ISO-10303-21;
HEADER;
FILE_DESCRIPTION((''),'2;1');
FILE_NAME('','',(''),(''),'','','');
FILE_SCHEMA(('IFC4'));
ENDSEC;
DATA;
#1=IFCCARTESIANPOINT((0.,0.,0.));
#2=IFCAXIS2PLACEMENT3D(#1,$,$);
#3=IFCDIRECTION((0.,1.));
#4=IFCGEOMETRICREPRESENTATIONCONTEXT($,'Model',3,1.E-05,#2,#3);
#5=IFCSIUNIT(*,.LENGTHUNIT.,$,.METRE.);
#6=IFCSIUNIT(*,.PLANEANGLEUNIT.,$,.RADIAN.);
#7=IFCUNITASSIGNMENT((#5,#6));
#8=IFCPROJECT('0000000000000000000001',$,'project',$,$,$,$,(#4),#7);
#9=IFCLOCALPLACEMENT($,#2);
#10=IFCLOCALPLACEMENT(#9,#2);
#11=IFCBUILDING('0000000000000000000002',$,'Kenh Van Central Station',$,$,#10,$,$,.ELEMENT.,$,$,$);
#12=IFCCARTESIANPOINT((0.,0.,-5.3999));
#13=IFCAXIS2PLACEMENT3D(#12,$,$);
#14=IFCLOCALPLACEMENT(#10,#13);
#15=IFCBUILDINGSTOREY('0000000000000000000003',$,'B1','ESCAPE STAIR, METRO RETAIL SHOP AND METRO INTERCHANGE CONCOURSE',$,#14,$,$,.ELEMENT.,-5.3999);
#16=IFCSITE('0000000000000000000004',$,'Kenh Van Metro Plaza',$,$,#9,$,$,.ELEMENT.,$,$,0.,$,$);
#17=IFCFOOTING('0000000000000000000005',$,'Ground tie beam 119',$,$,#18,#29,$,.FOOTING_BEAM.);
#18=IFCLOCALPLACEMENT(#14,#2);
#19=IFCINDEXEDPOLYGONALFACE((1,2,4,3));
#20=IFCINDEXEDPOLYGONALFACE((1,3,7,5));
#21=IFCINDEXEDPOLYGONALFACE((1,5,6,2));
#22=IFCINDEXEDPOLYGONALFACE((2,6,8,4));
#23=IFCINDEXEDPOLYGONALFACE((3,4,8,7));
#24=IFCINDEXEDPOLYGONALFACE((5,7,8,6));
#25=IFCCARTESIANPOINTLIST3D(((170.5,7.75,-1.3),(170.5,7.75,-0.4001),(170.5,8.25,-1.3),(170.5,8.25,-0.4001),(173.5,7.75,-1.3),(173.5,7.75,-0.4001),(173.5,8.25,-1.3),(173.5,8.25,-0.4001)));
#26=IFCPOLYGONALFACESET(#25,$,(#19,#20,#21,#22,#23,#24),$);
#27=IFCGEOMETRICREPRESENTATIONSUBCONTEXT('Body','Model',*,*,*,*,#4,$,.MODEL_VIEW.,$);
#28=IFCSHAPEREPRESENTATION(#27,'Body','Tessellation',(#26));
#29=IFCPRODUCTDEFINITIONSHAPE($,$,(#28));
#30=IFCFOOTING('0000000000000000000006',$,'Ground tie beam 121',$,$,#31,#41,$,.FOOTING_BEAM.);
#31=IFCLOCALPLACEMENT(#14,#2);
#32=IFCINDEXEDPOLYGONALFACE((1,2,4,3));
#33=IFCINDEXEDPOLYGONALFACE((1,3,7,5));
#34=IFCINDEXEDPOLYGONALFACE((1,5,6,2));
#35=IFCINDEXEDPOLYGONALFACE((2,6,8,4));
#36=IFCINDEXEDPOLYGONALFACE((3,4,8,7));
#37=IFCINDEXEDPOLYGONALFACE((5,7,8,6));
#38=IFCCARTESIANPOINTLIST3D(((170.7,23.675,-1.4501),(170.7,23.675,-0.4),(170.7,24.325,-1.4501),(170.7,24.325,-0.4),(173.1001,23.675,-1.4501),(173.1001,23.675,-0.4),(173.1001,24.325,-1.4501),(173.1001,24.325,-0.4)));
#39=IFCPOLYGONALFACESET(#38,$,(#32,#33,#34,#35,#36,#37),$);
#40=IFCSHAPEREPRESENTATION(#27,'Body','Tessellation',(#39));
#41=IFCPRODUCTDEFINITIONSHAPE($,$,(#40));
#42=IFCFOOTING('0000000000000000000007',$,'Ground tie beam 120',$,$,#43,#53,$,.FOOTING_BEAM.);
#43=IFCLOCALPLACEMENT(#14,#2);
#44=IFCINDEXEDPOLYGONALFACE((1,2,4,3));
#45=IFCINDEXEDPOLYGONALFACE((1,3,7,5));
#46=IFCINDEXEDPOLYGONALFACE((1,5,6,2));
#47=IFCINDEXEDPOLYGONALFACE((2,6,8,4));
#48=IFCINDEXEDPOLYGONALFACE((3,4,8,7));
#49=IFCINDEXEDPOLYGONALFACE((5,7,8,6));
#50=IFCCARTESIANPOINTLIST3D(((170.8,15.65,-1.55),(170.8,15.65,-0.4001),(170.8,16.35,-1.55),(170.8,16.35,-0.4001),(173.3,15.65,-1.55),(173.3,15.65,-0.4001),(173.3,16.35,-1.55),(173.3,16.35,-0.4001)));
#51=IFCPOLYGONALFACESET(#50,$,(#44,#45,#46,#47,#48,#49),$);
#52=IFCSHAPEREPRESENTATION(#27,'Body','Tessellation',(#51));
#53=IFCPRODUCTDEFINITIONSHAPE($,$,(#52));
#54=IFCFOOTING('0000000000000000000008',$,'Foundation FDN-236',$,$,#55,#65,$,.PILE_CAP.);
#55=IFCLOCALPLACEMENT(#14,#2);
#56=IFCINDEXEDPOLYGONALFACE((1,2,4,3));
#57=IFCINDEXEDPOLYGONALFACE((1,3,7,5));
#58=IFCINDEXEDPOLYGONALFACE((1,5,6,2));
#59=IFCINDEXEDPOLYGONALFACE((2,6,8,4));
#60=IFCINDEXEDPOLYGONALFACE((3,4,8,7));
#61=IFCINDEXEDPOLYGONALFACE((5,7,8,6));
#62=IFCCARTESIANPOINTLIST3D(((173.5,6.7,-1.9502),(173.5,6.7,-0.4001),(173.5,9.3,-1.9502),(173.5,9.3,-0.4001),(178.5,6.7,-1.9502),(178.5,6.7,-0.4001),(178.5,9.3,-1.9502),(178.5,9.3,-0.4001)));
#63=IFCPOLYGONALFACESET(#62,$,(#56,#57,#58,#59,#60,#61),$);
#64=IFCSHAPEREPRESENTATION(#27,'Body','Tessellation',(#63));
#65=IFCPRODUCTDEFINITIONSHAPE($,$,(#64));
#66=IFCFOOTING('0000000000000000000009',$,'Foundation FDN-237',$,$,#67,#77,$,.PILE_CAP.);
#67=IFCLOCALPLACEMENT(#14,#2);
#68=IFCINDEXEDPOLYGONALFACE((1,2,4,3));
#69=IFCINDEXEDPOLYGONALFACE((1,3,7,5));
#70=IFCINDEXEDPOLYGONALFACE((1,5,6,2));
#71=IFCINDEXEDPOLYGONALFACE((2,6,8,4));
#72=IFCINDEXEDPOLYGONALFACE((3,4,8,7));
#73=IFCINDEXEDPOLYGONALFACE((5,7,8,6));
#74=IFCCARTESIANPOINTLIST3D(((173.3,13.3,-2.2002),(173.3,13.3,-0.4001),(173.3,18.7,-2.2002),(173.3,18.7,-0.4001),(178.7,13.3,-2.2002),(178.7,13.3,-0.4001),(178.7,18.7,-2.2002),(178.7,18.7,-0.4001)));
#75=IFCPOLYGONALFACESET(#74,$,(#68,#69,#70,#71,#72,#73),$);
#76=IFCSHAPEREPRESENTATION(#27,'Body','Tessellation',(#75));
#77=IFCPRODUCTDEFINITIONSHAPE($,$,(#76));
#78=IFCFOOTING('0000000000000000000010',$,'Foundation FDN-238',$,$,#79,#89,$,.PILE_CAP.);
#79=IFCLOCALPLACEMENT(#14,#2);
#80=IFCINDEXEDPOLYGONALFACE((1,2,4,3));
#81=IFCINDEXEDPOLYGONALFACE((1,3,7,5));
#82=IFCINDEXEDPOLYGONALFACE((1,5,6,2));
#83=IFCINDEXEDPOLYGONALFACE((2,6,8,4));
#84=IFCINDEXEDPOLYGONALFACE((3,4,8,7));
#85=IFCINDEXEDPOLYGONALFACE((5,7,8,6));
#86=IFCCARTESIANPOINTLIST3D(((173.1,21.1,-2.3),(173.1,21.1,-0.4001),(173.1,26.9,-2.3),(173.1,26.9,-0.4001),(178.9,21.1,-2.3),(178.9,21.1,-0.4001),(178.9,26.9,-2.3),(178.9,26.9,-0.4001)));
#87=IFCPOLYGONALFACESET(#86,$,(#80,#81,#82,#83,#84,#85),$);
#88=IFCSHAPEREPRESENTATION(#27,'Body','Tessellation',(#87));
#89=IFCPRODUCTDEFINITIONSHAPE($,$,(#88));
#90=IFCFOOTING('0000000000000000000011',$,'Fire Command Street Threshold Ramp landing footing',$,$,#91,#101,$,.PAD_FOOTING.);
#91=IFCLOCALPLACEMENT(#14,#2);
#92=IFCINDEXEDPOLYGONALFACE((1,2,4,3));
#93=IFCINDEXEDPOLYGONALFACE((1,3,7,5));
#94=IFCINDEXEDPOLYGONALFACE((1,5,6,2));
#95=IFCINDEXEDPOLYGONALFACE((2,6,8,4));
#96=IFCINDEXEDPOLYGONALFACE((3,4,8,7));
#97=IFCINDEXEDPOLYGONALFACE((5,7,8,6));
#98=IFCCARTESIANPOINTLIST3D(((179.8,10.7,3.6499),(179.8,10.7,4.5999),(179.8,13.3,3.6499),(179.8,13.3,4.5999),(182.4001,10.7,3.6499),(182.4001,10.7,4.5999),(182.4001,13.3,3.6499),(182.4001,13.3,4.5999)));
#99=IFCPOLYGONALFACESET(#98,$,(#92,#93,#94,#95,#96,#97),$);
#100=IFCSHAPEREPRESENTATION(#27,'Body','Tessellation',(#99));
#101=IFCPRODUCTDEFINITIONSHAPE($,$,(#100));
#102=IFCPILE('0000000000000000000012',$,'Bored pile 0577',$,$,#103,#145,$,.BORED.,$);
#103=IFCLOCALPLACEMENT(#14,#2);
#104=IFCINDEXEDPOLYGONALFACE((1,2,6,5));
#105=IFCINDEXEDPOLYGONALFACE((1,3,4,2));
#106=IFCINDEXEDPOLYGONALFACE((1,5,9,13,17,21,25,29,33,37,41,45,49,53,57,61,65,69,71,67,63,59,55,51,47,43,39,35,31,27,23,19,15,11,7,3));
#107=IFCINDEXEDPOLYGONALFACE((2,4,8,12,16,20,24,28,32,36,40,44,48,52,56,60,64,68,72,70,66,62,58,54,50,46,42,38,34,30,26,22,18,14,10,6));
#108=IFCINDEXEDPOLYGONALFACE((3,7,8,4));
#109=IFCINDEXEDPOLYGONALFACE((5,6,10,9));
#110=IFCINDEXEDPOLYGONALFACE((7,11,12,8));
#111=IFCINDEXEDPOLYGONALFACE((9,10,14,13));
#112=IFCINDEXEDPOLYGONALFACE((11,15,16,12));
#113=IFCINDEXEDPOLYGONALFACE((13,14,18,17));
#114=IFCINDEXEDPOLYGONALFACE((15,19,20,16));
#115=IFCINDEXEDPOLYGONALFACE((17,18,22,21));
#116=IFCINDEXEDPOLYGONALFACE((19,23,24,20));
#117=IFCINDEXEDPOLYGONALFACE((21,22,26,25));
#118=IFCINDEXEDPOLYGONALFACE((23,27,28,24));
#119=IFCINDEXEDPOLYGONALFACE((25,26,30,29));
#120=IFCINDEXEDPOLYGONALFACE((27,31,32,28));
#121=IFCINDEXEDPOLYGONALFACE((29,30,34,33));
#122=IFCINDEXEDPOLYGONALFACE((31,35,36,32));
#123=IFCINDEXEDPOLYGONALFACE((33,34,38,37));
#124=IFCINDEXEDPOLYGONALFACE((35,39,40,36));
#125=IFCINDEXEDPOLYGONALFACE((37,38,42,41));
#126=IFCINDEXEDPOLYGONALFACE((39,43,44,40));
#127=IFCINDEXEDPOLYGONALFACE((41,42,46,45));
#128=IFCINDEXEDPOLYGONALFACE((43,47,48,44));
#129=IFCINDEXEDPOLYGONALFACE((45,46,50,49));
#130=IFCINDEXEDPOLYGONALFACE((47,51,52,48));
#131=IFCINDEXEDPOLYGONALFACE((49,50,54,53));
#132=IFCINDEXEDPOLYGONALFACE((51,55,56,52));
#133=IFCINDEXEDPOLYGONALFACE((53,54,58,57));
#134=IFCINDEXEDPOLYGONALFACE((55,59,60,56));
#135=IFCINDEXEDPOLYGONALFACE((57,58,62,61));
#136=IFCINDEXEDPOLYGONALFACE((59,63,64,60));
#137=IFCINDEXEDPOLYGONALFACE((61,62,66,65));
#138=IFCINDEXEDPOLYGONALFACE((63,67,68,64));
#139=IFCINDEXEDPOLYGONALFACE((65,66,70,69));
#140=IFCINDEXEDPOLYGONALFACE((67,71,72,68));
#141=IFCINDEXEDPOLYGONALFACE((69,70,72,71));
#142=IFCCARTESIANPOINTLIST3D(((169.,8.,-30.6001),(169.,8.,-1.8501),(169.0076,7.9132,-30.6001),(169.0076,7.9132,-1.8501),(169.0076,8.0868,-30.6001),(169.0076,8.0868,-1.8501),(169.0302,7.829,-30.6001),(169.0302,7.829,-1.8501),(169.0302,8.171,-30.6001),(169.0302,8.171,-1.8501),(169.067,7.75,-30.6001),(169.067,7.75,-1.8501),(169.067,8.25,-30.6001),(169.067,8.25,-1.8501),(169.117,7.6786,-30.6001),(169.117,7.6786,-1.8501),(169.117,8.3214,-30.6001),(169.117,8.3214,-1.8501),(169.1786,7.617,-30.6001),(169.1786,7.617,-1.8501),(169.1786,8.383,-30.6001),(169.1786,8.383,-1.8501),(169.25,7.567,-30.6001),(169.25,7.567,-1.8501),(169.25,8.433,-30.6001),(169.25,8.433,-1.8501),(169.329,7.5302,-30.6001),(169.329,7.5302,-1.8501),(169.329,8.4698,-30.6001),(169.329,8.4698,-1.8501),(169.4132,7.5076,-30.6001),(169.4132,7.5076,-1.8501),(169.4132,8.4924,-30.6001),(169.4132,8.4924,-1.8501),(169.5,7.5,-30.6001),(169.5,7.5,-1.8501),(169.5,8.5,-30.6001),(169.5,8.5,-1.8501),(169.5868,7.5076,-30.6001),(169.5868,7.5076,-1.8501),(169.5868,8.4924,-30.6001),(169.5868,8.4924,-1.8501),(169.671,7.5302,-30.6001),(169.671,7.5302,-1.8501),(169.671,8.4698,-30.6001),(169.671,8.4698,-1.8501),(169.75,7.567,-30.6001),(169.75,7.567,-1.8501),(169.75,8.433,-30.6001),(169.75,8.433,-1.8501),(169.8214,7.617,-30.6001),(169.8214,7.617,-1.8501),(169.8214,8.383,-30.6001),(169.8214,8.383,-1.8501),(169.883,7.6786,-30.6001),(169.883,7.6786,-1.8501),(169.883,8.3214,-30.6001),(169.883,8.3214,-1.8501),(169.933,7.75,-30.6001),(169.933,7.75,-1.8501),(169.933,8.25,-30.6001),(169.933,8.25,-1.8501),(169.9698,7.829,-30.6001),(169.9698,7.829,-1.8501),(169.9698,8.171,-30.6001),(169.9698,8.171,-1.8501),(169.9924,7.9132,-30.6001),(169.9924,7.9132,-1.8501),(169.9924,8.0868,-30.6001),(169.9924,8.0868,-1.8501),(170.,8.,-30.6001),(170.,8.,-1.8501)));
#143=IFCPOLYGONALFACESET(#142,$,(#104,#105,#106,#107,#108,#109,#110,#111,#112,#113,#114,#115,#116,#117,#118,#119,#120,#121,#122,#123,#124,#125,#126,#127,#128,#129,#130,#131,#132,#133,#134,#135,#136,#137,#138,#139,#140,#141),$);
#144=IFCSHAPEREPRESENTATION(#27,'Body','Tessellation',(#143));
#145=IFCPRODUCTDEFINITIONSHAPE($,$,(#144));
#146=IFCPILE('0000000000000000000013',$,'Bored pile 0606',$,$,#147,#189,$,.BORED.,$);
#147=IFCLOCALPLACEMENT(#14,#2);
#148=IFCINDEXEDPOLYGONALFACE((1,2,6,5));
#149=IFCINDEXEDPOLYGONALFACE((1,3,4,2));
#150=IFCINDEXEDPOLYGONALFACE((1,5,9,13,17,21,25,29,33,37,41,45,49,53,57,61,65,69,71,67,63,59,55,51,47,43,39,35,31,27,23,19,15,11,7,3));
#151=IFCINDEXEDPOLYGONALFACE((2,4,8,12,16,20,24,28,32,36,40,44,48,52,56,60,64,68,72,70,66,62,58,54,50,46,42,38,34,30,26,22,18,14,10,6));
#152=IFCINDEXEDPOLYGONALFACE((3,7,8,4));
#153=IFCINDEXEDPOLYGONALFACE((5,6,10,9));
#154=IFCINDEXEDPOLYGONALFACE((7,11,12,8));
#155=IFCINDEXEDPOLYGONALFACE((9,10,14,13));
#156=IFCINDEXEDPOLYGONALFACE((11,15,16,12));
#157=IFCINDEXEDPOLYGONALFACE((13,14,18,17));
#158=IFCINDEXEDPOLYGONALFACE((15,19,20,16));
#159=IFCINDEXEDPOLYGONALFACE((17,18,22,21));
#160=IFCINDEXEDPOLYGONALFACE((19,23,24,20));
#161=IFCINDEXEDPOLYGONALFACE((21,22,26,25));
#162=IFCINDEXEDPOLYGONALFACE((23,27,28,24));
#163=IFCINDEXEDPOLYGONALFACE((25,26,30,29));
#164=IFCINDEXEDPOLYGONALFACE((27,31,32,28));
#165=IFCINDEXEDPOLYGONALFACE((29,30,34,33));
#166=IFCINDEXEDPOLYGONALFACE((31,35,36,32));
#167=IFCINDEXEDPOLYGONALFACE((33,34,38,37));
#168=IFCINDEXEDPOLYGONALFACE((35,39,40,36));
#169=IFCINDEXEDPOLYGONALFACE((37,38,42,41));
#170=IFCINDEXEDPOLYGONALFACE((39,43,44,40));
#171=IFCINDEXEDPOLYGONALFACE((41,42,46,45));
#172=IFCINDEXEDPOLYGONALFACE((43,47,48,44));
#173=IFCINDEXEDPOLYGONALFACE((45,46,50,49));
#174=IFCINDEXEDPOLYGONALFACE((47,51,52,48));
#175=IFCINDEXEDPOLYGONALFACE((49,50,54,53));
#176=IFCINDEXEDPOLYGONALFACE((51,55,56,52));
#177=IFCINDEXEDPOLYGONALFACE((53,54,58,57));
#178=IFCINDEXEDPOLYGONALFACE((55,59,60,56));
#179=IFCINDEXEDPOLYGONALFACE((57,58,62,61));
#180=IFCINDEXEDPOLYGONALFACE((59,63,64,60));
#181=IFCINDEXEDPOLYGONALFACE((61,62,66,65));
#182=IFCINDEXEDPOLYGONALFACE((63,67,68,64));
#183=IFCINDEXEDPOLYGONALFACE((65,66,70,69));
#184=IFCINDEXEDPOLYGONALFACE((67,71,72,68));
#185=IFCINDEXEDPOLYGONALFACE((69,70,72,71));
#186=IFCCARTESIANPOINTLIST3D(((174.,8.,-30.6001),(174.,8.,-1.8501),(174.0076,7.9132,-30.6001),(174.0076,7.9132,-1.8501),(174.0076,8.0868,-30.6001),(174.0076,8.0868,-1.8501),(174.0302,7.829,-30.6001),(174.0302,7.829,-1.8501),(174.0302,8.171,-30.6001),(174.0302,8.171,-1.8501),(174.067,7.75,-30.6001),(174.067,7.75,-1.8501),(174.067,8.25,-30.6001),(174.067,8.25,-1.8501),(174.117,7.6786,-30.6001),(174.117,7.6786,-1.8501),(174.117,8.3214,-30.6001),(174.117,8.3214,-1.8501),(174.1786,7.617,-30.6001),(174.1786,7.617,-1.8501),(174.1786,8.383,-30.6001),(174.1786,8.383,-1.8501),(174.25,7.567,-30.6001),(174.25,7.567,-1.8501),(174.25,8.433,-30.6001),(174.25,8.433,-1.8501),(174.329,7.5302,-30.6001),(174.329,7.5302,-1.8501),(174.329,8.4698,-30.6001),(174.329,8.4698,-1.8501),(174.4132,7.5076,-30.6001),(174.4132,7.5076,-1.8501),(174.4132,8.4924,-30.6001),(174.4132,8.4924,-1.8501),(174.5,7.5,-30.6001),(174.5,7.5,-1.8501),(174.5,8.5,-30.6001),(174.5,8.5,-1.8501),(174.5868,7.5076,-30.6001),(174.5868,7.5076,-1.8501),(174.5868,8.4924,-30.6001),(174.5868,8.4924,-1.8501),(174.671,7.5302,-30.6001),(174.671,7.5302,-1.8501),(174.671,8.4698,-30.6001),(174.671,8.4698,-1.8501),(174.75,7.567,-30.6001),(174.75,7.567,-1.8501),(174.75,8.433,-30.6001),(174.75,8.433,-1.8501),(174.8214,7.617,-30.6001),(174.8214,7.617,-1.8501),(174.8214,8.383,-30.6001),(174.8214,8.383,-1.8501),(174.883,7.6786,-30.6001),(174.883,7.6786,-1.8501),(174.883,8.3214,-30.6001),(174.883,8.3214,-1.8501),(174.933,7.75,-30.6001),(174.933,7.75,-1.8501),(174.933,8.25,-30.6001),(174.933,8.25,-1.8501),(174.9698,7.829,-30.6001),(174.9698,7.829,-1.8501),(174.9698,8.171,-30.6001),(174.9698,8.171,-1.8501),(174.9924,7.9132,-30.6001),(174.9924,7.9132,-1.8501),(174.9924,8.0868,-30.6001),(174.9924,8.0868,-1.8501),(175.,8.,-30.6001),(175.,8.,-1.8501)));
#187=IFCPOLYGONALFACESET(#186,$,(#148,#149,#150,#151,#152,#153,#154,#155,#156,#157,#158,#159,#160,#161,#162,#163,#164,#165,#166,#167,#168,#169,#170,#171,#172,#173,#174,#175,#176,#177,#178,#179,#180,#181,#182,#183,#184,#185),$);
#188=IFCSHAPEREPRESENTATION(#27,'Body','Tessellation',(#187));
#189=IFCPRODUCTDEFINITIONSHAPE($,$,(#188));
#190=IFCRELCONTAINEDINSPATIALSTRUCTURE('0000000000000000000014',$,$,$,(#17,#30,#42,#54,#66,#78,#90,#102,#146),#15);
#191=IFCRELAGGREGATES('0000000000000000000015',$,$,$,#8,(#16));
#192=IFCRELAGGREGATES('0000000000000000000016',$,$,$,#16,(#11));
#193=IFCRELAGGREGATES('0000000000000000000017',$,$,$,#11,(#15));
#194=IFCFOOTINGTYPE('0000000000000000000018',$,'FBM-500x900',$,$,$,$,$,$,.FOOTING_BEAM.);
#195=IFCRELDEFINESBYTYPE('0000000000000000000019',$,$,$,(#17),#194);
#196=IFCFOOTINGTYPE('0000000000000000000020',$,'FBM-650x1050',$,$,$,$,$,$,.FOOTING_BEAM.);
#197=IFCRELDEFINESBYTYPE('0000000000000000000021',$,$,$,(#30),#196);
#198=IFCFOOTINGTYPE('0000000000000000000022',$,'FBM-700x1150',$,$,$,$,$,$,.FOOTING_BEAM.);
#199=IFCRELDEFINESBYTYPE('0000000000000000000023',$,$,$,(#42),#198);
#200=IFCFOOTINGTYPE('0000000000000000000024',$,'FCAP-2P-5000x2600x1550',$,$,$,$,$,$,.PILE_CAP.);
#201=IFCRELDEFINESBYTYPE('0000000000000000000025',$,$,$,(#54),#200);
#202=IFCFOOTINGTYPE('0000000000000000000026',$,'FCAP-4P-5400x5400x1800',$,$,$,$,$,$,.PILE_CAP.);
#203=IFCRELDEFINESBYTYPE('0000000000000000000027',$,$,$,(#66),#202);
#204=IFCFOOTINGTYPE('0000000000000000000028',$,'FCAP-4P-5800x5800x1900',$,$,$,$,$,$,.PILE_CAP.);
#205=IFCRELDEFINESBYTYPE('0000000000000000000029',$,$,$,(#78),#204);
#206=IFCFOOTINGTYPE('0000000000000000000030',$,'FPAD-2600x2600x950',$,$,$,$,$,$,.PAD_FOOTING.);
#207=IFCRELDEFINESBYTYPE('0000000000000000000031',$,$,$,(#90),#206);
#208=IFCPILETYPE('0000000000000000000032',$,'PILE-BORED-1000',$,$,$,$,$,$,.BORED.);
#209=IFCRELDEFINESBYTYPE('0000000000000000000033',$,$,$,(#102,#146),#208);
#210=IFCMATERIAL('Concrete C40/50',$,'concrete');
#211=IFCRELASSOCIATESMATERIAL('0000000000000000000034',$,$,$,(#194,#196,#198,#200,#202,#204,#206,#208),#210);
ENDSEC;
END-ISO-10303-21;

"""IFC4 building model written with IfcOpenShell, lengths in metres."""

from ifc_helpers import new_model, si_unit, direction, frame, origin, origin_2d, place, context, subcontext, project, spatial, rectangle, circle, extrude, material, material_profile, profile_set, type_object, element, save


model = new_model("IFC4")

# Units and contexts
model_context = context("Model", 3, precision=1e-05, world=origin(), true_north=direction((0.0, 1.0)))
body_context = subcontext(model_context, "Body", "Model", "MODEL_VIEW")
ifc_project = project(units=[si_unit("LENGTHUNIT", "METRE"), si_unit("PLANEANGLEUNIT", "RADIAN")], contexts=[model_context])

# Site, building, storey
site_placement = place(None, origin())
site = spatial("IfcSite", under=ifc_project, at=site_placement, Name="Kenh Van Metro Plaza", CompositionType="ELEMENT", RefElevation=0.0)
building_placement = place(site_placement, origin())
building = spatial("IfcBuilding", under=site, at=building_placement, Name="Kenh Van Central Station", CompositionType="ELEMENT")
storey_placement = place(building_placement, frame((0.0, 0.0, -5.3999)))
storey = spatial("IfcBuildingStorey", under=building, at=storey_placement, Name="B1", Description="ESCAPE STAIR, METRO RETAIL SHOP AND METRO INTERCHANGE CONCOURSE", CompositionType="ELEMENT", Elevation=-5.3999)

# Footings
ifc_material_1 = material(Name="Concrete C40/50", Category="concrete")
ifc_material_profile_1 = material_profile(ifc_material_1, rectangle(XDim=0.5, YDim=0.8999, at=origin_2d()), Name="RC 500x900")
ifc_profile_set_1 = profile_set([ifc_material_profile_1], Name="Concrete C40/50")
footing_type_1 = type_object("IfcFootingType", Name="FBM-500x900", PredefinedType="FOOTING_BEAM", material=ifc_profile_set_1)
footing_1_placement = place(storey_placement, frame((170.5, 8.0, -0.8501), z_axis=(1.0, 0.0, 0.0), x_axis=(0.0, 1.0, 0.0)))
element("IfcFooting", 1, at=footing_1_placement, inside=storey, type_object=footing_type_1, Name="Ground tie beam 119", PredefinedType="FOOTING_BEAM", context=body_context, shape_type="SweptSolid", body=[
    extrude(rectangle(XDim=0.5, YDim=0.8999, at=origin_2d()), origin(), (0.0, 0.0, 1.0), 3.0),
])
ifc_material_profile_2 = material_profile(ifc_material_1, rectangle(XDim=0.6499, YDim=1.05, at=origin_2d()), Name="RC 650x1050")
ifc_profile_set_2 = profile_set([ifc_material_profile_2], Name="Concrete C40/50")
footing_type_2 = type_object("IfcFootingType", Name="FBM-650x1050", PredefinedType="FOOTING_BEAM", material=ifc_profile_set_2)
footing_2_placement = place(storey_placement, frame((170.7, 24.0, -0.925), z_axis=(1.0, 0.0, 0.0), x_axis=(0.0, 1.0, 0.0)))
element("IfcFooting", 2, at=footing_2_placement, inside=storey, type_object=footing_type_2, Name="Ground tie beam 121", PredefinedType="FOOTING_BEAM", context=body_context, shape_type="SweptSolid", body=[
    extrude(rectangle(XDim=0.6499, YDim=1.05, at=origin_2d()), origin(), (0.0, 0.0, 1.0), 2.4001),
])
ifc_material_profile_3 = material_profile(ifc_material_1, rectangle(XDim=0.7, YDim=1.1499, at=origin_2d()), Name="RC 700x1150")
ifc_profile_set_3 = profile_set([ifc_material_profile_3], Name="Concrete C40/50")
footing_type_3 = type_object("IfcFootingType", Name="FBM-700x1150", PredefinedType="FOOTING_BEAM", material=ifc_profile_set_3)
footing_3_placement = place(storey_placement, frame((170.8, 16.0, -0.9751), z_axis=(1.0, 0.0, 0.0), x_axis=(0.0, 1.0, 0.0)))
element("IfcFooting", 3, at=footing_3_placement, inside=storey, type_object=footing_type_3, Name="Ground tie beam 120", PredefinedType="FOOTING_BEAM", context=body_context, shape_type="SweptSolid", body=[
    extrude(rectangle(XDim=0.7, YDim=1.1499, at=origin_2d()), origin(), (0.0, 0.0, 1.0), 2.5),
])
footing_type_4 = type_object("IfcFootingType", Name="FCAP-2P-5000x2600x1550", PredefinedType="PILE_CAP", material=ifc_material_1)
footing_4_placement = place(storey_placement, frame((176.0, 8.0, -1.9502), z_axis=(0.0, 0.0, 1.0), x_axis=(1.0, 0.0, 0.0)))
element("IfcFooting", 4, at=footing_4_placement, inside=storey, type_object=footing_type_4, Name="Foundation FDN-236", PredefinedType="PILE_CAP", context=body_context, shape_type="SweptSolid", body=[
    extrude(rectangle(XDim=5.0, YDim=2.6001, at=origin_2d()), origin(), (0.0, 0.0, 1.0), 1.55),
])
footing_type_5 = type_object("IfcFootingType", Name="FCAP-4P-5400x5400x1800", PredefinedType="PILE_CAP", material=ifc_material_1)
footing_5_placement = place(storey_placement, frame((176.0, 16.0, -2.2002), z_axis=(0.0, 0.0, 1.0), x_axis=(1.0, 0.0, 0.0)))
element("IfcFooting", 5, at=footing_5_placement, inside=storey, type_object=footing_type_5, Name="Foundation FDN-237", PredefinedType="PILE_CAP", context=body_context, shape_type="SweptSolid", body=[
    extrude(rectangle(XDim=5.3999, YDim=5.3999, at=origin_2d()), origin(), (0.0, 0.0, 1.0), 1.8),
])
footing_type_6 = type_object("IfcFootingType", Name="FCAP-4P-5800x5800x1900", PredefinedType="PILE_CAP", material=ifc_material_1)
footing_6_placement = place(storey_placement, frame((176.0, 24.0, -2.3), z_axis=(0.0, 0.0, 1.0), x_axis=(1.0, 0.0, 0.0)))
element("IfcFooting", 6, at=footing_6_placement, inside=storey, type_object=footing_type_6, Name="Foundation FDN-238", PredefinedType="PILE_CAP", context=body_context, shape_type="SweptSolid", body=[
    extrude(rectangle(XDim=5.8, YDim=5.8, at=origin_2d()), origin(), (0.0, 0.0, 1.0), 1.8999),
])
footing_type_7 = type_object("IfcFootingType", Name="FPAD-2600x2600x950", PredefinedType="PAD_FOOTING", material=ifc_material_1)
footing_7_placement = place(storey_placement, frame((181.1001, 12.0, 3.6499), z_axis=(0.0, 0.0, 1.0), x_axis=(-1.0, 0.0, 0.0)))
element("IfcFooting", 7, at=footing_7_placement, inside=storey, type_object=footing_type_7, Name="Fire Command Street Threshold Ramp landing footing", PredefinedType="PAD_FOOTING", context=body_context, shape_type="SweptSolid", body=[
    extrude(rectangle(XDim=2.6001, YDim=2.6001, at=origin_2d()), origin(), (0.0, 0.0, 1.0), 0.95),
])

# Piles
ifc_material_profile_4 = material_profile(ifc_material_1, circle(Radius=0.5, at=origin_2d()), Name="PILE D1000")
ifc_profile_set_4 = profile_set([ifc_material_profile_4], Name="Concrete C40/50")
pile_type_1 = type_object("IfcPileType", Name="PILE-BORED-1000", PredefinedType="BORED", material=ifc_profile_set_4)
for number, where, z_axis, x_axis, name in (
    (8, (169.5, 8.0, -1.8501), (0.0, 0.0, -1.0), (1.0, 0.0, 0.0), "Bored pile 0577"),
    (9, (174.5, 8.0, -1.8501), (0.0, 0.0, -1.0), (1.0, 0.0, 0.0), "Bored pile 0606"),
):
    element("IfcPile", number, at=place(storey_placement, frame(where, z_axis=z_axis, x_axis=x_axis)), inside=storey, type_object=pile_type_1, Name=name, PredefinedType="BORED", context=body_context, shape_type="SweptSolid", body=[
        extrude(circle(Radius=0.5, at=origin_2d()), origin(), (0.0, 0.0, 1.0), 28.75),
    ])

save(model, "model.ifc")
